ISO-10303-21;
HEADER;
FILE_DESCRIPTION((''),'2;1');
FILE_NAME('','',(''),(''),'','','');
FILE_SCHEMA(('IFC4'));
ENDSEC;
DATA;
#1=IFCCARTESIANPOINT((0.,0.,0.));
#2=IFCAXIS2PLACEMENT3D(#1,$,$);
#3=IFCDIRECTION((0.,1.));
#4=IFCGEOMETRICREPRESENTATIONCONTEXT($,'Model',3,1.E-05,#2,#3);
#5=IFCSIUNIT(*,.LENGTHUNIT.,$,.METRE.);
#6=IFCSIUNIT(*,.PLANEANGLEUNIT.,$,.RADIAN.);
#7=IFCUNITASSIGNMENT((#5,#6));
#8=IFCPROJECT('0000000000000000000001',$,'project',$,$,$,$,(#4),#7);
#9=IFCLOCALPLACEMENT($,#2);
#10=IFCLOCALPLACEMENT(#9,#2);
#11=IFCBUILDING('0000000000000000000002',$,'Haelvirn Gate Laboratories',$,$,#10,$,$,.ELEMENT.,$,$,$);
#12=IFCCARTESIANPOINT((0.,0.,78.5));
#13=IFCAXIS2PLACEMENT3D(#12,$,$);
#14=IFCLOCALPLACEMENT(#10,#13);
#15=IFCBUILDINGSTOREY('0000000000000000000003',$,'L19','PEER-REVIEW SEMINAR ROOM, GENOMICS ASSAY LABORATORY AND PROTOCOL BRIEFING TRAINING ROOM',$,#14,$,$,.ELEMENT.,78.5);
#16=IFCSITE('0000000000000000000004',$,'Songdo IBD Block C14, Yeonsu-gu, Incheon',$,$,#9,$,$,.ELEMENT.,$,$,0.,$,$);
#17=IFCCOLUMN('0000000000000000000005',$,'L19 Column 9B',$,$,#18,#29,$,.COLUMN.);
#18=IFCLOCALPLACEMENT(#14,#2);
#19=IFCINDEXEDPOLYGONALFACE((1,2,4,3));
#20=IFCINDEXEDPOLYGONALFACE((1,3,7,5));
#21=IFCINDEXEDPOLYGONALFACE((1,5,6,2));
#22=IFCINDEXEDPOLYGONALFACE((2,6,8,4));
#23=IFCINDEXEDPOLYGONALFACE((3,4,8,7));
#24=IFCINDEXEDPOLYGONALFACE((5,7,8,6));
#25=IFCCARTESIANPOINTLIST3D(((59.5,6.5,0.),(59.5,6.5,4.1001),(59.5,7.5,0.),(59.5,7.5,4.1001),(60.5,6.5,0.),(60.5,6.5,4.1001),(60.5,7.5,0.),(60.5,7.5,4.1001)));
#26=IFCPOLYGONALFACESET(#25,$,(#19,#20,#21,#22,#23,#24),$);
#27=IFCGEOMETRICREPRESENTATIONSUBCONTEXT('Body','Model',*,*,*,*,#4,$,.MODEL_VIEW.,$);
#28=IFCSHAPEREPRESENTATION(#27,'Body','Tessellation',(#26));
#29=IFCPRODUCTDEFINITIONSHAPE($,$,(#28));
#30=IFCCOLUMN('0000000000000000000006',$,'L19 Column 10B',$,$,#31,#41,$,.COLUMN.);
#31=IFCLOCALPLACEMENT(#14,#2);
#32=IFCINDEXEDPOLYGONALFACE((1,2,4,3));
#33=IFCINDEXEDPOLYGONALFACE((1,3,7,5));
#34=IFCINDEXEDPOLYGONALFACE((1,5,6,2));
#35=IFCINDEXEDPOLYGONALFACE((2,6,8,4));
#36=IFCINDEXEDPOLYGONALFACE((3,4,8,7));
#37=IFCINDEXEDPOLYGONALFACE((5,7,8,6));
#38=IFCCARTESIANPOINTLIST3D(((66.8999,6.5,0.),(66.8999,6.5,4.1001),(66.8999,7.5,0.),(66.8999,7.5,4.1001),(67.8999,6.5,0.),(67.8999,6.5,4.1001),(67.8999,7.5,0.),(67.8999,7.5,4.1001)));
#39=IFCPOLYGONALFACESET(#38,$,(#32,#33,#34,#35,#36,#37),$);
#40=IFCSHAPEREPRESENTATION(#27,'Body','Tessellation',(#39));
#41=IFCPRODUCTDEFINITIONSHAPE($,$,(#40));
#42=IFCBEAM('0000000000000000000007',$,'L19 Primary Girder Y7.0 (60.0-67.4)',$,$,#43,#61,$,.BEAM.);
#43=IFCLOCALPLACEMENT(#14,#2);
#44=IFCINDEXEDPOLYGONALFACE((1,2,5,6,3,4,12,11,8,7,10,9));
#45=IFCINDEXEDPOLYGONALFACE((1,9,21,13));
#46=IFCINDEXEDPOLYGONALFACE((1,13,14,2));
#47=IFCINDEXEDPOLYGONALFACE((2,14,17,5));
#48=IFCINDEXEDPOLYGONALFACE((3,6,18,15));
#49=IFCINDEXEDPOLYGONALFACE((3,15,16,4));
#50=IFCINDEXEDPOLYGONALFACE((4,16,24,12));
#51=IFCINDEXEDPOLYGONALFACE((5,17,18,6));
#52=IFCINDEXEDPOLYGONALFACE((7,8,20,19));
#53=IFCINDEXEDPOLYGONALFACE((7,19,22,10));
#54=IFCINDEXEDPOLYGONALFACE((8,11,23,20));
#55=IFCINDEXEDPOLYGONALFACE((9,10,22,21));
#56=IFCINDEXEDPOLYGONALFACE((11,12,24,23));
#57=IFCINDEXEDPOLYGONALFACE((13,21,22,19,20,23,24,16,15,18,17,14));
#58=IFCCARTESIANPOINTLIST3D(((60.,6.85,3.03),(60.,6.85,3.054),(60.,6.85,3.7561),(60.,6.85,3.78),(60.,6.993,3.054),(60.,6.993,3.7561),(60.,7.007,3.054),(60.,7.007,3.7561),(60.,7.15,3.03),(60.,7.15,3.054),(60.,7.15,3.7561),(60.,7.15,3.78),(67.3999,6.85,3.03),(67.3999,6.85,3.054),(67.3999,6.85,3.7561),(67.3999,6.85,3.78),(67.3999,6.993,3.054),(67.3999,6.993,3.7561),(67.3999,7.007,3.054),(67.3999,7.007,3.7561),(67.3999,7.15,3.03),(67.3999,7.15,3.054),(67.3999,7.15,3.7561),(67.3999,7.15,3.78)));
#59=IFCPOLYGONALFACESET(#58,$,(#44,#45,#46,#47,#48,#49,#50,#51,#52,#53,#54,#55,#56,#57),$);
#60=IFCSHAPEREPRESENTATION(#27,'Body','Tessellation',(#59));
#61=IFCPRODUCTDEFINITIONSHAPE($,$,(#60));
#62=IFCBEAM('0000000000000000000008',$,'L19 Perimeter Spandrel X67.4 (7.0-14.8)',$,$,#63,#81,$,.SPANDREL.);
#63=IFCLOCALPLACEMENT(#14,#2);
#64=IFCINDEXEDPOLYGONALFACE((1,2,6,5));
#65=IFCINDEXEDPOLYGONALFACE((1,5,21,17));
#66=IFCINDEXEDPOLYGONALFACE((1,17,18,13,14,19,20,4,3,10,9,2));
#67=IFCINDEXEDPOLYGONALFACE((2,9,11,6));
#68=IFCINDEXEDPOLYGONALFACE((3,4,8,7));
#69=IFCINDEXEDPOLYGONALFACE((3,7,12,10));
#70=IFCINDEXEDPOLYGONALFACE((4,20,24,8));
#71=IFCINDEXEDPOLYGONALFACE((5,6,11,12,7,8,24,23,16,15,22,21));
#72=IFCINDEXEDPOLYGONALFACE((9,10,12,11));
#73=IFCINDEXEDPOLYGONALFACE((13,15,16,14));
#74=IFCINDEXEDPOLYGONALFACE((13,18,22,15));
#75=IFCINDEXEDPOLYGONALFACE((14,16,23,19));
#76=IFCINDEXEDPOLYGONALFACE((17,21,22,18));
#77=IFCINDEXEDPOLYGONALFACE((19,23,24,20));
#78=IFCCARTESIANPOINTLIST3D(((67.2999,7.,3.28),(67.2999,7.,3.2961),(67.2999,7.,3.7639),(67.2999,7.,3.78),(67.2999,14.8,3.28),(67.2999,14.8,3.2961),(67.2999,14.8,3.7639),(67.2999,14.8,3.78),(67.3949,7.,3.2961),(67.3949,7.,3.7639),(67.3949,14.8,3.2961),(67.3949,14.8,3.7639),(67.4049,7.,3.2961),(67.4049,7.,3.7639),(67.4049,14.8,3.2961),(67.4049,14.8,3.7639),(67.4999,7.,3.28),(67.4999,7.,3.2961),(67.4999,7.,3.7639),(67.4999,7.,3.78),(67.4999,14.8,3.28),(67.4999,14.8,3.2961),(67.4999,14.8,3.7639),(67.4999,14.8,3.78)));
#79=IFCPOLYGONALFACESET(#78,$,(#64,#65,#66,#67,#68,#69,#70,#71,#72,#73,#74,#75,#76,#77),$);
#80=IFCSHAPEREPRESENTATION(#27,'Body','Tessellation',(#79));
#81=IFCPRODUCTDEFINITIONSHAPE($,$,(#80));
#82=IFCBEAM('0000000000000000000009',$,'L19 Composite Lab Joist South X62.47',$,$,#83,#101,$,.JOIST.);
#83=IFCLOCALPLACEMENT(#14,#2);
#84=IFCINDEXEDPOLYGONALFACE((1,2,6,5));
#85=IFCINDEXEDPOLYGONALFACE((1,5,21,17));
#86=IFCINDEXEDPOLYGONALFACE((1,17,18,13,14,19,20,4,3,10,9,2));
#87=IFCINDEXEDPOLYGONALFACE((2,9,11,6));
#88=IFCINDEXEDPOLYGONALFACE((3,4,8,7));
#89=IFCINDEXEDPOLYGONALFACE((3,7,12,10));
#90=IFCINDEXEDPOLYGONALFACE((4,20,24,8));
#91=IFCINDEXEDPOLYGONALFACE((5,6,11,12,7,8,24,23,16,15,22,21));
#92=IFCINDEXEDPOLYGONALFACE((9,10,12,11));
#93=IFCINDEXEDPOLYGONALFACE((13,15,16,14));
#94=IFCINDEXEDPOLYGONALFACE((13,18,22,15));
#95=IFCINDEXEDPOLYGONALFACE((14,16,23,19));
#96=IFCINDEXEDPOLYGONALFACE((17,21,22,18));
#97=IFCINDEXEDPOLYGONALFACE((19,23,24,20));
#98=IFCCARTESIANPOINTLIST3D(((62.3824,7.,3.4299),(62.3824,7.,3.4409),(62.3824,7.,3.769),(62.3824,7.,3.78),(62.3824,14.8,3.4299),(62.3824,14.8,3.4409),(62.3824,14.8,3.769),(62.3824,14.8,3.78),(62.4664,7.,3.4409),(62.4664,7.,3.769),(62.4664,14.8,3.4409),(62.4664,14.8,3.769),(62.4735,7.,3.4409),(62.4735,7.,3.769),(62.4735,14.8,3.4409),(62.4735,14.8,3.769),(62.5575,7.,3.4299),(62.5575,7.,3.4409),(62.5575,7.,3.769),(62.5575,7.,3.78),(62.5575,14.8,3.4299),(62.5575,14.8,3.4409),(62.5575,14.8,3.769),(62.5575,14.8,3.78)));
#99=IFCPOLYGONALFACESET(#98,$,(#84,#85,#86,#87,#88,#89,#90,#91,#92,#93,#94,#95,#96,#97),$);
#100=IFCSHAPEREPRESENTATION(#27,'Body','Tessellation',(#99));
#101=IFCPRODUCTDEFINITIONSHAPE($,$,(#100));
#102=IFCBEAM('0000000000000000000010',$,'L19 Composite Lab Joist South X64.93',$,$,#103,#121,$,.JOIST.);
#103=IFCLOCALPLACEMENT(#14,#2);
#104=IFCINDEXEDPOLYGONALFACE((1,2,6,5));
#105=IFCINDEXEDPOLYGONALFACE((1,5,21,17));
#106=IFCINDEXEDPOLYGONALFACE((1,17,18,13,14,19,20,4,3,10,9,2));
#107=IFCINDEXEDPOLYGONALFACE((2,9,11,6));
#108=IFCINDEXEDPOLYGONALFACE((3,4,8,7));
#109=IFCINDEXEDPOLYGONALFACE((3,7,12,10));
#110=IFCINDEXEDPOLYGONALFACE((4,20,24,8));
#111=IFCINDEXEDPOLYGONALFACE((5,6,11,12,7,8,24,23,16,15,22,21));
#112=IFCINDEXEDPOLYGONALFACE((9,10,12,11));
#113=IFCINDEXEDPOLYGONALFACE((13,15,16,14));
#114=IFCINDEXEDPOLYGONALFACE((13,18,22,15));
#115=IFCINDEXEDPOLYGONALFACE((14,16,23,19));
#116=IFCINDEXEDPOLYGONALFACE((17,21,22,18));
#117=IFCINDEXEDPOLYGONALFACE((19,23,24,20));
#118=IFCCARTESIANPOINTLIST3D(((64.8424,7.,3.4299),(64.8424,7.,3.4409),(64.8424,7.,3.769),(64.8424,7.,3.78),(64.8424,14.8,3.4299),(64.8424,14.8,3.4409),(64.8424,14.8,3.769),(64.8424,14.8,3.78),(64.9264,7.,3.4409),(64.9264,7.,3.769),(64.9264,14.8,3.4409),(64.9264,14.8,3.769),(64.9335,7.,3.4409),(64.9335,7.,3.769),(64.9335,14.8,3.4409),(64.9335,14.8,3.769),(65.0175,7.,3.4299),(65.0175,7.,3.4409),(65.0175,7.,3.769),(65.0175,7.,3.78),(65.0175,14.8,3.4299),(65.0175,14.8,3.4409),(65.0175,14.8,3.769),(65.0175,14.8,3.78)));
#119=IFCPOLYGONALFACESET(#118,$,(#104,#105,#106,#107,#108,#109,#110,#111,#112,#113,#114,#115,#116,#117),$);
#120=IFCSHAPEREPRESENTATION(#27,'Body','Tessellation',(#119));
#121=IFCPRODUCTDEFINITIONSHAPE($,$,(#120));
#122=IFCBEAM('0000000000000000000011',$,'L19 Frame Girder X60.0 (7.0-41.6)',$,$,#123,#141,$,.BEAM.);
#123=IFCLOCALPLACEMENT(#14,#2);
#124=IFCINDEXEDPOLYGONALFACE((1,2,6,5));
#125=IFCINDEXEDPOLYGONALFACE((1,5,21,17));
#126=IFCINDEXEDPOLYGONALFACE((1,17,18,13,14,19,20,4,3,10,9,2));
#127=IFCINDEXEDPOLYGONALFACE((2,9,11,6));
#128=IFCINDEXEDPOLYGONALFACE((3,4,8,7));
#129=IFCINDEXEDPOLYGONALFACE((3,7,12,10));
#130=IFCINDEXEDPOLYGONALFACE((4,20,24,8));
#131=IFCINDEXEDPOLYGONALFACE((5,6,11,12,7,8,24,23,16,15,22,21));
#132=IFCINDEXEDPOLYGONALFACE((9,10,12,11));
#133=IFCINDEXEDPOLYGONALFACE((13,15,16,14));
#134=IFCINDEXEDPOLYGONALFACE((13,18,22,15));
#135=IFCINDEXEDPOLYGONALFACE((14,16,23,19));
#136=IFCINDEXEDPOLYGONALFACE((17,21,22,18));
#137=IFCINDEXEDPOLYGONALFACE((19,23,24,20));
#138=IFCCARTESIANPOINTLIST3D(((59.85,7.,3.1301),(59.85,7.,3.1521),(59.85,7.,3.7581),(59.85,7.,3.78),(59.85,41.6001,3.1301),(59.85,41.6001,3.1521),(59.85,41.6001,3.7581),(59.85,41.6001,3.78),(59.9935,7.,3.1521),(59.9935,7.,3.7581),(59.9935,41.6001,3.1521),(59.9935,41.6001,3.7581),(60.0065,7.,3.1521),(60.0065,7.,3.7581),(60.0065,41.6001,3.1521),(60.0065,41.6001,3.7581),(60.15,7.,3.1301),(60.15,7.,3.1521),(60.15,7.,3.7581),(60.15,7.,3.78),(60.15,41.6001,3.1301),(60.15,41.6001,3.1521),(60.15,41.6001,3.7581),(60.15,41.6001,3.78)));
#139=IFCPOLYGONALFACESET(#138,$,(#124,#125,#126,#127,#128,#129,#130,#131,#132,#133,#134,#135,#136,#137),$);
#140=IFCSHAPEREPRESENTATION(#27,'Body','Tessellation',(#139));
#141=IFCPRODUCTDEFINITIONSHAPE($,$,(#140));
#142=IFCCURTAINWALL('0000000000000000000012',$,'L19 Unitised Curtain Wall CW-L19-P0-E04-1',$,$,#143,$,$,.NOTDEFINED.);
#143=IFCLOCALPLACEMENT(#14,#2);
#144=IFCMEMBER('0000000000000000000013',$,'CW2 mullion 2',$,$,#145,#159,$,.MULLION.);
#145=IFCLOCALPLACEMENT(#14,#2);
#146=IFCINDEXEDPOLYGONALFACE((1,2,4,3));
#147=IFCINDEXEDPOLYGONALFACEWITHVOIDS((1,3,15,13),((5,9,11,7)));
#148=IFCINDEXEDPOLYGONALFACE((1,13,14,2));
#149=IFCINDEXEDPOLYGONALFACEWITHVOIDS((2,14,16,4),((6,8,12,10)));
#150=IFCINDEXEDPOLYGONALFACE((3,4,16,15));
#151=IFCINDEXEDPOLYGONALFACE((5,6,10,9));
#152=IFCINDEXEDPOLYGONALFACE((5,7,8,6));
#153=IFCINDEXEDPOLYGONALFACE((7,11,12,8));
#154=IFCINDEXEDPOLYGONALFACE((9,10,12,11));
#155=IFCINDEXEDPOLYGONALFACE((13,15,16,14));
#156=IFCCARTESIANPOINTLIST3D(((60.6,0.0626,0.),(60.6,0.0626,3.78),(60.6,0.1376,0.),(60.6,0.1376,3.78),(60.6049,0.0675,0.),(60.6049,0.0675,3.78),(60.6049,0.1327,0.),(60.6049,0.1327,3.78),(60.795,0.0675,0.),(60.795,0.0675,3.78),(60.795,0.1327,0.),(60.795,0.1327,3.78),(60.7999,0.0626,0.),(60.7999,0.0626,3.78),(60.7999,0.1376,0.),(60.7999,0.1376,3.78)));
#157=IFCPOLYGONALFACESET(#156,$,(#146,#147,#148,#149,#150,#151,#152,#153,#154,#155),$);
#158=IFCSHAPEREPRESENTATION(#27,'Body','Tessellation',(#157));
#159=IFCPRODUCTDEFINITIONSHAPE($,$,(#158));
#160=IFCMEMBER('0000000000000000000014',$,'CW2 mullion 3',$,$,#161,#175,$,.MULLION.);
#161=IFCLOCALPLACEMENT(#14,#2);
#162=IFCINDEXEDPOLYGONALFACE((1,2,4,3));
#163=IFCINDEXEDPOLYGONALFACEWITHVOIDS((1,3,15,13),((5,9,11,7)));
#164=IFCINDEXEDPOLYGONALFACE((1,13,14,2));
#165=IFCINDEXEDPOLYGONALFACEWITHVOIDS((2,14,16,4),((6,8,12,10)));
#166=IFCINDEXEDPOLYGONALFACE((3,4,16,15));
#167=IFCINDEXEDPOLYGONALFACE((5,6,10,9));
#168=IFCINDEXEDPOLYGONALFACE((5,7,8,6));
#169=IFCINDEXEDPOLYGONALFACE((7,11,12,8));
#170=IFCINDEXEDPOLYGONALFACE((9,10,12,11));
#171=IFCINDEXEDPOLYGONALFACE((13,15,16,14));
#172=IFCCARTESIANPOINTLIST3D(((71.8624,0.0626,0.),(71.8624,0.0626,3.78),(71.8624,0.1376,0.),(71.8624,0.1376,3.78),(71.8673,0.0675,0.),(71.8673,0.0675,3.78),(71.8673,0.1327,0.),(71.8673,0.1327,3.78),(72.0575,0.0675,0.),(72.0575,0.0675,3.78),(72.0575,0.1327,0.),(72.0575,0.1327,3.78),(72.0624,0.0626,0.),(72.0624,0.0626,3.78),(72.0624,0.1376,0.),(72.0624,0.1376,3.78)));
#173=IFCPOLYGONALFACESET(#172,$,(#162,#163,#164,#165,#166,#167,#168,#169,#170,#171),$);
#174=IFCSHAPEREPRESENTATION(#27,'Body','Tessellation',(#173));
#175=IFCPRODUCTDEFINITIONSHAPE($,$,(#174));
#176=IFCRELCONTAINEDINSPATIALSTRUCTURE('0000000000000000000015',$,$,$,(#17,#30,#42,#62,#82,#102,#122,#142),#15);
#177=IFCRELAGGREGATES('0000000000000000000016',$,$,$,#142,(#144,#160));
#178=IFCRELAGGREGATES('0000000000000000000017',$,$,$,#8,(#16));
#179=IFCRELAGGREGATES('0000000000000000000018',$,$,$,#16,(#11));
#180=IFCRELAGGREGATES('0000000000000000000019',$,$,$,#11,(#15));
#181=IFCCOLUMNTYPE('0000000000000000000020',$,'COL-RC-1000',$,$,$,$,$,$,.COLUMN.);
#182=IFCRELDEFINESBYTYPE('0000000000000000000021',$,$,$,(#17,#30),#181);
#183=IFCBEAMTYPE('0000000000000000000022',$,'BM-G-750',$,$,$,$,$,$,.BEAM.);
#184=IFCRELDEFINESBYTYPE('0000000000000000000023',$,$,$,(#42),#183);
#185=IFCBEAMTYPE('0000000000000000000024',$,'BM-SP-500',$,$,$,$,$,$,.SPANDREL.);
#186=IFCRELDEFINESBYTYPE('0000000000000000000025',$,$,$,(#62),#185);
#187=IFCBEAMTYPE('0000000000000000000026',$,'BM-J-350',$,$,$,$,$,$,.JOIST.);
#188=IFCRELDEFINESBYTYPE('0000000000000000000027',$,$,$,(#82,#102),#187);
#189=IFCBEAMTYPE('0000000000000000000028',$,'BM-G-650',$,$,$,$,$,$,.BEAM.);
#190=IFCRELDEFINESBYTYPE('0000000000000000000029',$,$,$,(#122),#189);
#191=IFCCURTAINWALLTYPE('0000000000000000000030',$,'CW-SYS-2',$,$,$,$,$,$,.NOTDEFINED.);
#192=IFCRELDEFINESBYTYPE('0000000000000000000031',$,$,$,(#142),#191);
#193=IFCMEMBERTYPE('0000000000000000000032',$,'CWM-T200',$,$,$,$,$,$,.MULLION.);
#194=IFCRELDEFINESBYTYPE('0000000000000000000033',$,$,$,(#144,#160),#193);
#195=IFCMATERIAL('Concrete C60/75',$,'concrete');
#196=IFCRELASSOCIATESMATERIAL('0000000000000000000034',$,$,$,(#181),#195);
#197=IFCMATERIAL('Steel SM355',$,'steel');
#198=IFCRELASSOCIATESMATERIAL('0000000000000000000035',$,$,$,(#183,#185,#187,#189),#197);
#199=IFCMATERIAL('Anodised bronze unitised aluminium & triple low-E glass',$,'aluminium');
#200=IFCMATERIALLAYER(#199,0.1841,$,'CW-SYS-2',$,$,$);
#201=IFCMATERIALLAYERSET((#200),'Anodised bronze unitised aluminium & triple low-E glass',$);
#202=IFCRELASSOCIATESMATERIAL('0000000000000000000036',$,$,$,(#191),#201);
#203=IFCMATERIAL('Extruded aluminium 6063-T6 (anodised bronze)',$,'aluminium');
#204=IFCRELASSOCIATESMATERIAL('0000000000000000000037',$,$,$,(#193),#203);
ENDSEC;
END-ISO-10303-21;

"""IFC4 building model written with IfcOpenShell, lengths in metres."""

from ifc_helpers import new_model, si_unit, direction, frame, origin, origin_2d, place, context, subcontext, project, spatial, rectangle, hollow_rectangle, i_section, extrude, source, transform, mapped, material, layer, layer_set, material_profile, profile_set, type_object, type_shapes, element, aggregate, save


model = new_model("IFC4")

# Units and contexts
model_context = context("Model", 3, precision=1e-05, world=origin(), true_north=direction((0.0, 1.0)))
body_context = subcontext(model_context, "Body", "Model", "MODEL_VIEW")
ifc_project = project(units=[si_unit("LENGTHUNIT", "METRE"), si_unit("PLANEANGLEUNIT", "RADIAN")], contexts=[model_context])

# Site, building, storey
site_placement = place(None, origin())
site = spatial("IfcSite", under=ifc_project, at=site_placement, Name="Songdo IBD Block C14, Yeonsu-gu, Incheon", CompositionType="ELEMENT", RefElevation=0.0)
building_placement = place(site_placement, origin())
building = spatial("IfcBuilding", under=site, at=building_placement, Name="Haelvirn Gate Laboratories", CompositionType="ELEMENT")
storey_placement = place(building_placement, frame((0.0, 0.0, 78.5)))
storey = spatial("IfcBuildingStorey", under=building, at=storey_placement, Name="L19", Description="PEER-REVIEW SEMINAR ROOM, GENOMICS ASSAY LABORATORY AND PROTOCOL BRIEFING TRAINING ROOM", CompositionType="ELEMENT", Elevation=78.5)

# Columns
ifc_material_1 = material(Name="Concrete C60/75", Category="concrete")
ifc_material_profile_1 = material_profile(ifc_material_1, rectangle(XDim=1.0, YDim=1.0, at=origin_2d()), Name="RC-1000x1000")
ifc_profile_set_1 = profile_set([ifc_material_profile_1], Name="Concrete C60/75")
column_type = type_object("IfcColumnType", Name="COL-RC-1000", PredefinedType="COLUMN", material=ifc_profile_set_1)
shared_shape_1 = source(origin(), body_context, "Body", "SweptSolid", [
    extrude(rectangle(XDim=1.0, YDim=1.0, at=origin_2d()), origin(), (0.0, 0.0, 1.0), 4.1001),
])
type_shapes(column_type, [shared_shape_1])
for number, where, z_axis, x_axis, name in (
    (1, (60.0, 7.0, 0.0), (0.0, 0.0, 1.0), (1.0, 0.0, 0.0), "L19 Column 9B"),
    (2, (67.3999, 7.0, 0.0), (0.0, 0.0, 1.0), (1.0, 0.0, 0.0), "L19 Column 10B"),
):
    element("IfcColumn", number, at=place(storey_placement, frame(where, z_axis=z_axis, x_axis=x_axis)), inside=storey, type_object=column_type, Name=name, PredefinedType="COLUMN", context=body_context, shape_type="MappedRepresentation", body=[
        mapped(shared_shape_1, transform((0.0, 0.0, 0.0), scale=1.0)),
    ])

# Beams
ifc_material_2 = material(Name="Steel SM355", Category="steel")
ifc_material_profile_2 = material_profile(ifc_material_2, i_section(OverallWidth=0.3, OverallDepth=0.75, WebThickness=0.0139, FlangeThickness=0.0239, at=origin_2d()), Name="H-750x300x14x24")
ifc_profile_set_2 = profile_set([ifc_material_profile_2], Name="Steel SM355")
beam_type_1 = type_object("IfcBeamType", Name="BM-G-750", PredefinedType="BEAM", material=ifc_profile_set_2)
shared_shape_2 = source(origin(), body_context, "Body", "SweptSolid", [
    extrude(i_section(OverallWidth=0.3, OverallDepth=0.75, WebThickness=0.0139, FlangeThickness=0.0239, at=origin_2d()), origin(), (0.0, 0.0, 1.0), 7.3999),
])
type_shapes(beam_type_1, [shared_shape_2])
beam_1_placement = place(storey_placement, frame((60.0, 7.0, 3.405), z_axis=(1.0, 0.0, 0.0), x_axis=(0.0, 1.0, 0.0)))
element("IfcBeam", 3, at=beam_1_placement, inside=storey, type_object=beam_type_1, Name="L19 Primary Girder Y7.0 (60.0-67.4)", PredefinedType="BEAM", context=body_context, shape_type="MappedRepresentation", body=[
    mapped(shared_shape_2, transform((0.0, 0.0, 0.0), scale=1.0)),
])
ifc_material_profile_3 = material_profile(ifc_material_2, i_section(OverallWidth=0.2, OverallDepth=0.5, WebThickness=0.01, FlangeThickness=0.0161, at=origin_2d()), Name="H-500x200x10x16")
ifc_profile_set_3 = profile_set([ifc_material_profile_3], Name="Steel SM355")
beam_type_2 = type_object("IfcBeamType", Name="BM-SP-500", PredefinedType="SPANDREL", material=ifc_profile_set_3)
shared_shape_3 = source(origin(), body_context, "Body", "SweptSolid", [
    extrude(i_section(OverallWidth=0.2, OverallDepth=0.5, WebThickness=0.01, FlangeThickness=0.0161, at=origin_2d()), origin(), (0.0, 0.0, 1.0), 7.8),
])
type_shapes(beam_type_2, [shared_shape_3])
beam_2_placement = place(storey_placement, frame((67.3999, 7.0, 3.53), z_axis=(0.0, 1.0, 0.0), x_axis=(-1.0, 0.0, 0.0)))
element("IfcBeam", 4, at=beam_2_placement, inside=storey, type_object=beam_type_2, Name="L19 Perimeter Spandrel X67.4 (7.0-14.8)", PredefinedType="SPANDREL", context=body_context, shape_type="MappedRepresentation", body=[
    mapped(shared_shape_3, transform((0.0, 0.0, 0.0), scale=1.0)),
])
ifc_material_profile_4 = material_profile(ifc_material_2, i_section(OverallWidth=0.175, OverallDepth=0.3501, WebThickness=0.0071, FlangeThickness=0.011, at=origin_2d()), Name="H-350x175x7x11")
ifc_profile_set_4 = profile_set([ifc_material_profile_4], Name="Steel SM355")
beam_type_3 = type_object("IfcBeamType", Name="BM-J-350", PredefinedType="JOIST", material=ifc_profile_set_4)
shared_shape_4 = source(origin(), body_context, "Body", "SweptSolid", [
    extrude(i_section(OverallWidth=0.175, OverallDepth=0.3501, WebThickness=0.0071, FlangeThickness=0.011, at=origin_2d()), origin(), (0.0, 0.0, 1.0), 7.8),
])
type_shapes(beam_type_3, [shared_shape_4])
for number, where, z_axis, x_axis, name in (
    (5, (62.47, 7.0, 3.605), (0.0, 1.0, 0.0), (-1.0, 0.0, 0.0), "L19 Composite Lab Joist South X62.47"),
    (6, (64.9299, 7.0, 3.605), (0.0, 1.0, 0.0), (-1.0, 0.0, 0.0), "L19 Composite Lab Joist South X64.93"),
):
    element("IfcBeam", number, at=place(storey_placement, frame(where, z_axis=z_axis, x_axis=x_axis)), inside=storey, type_object=beam_type_3, Name=name, PredefinedType="JOIST", context=body_context, shape_type="MappedRepresentation", body=[
        mapped(shared_shape_4, transform((0.0, 0.0, 0.0), scale=1.0)),
    ])
ifc_material_profile_5 = material_profile(ifc_material_2, i_section(OverallWidth=0.3, OverallDepth=0.6499, WebThickness=0.0129, FlangeThickness=0.022, at=origin_2d()), Name="H-650x300x13x22")
ifc_profile_set_5 = profile_set([ifc_material_profile_5], Name="Steel SM355")
beam_type_4 = type_object("IfcBeamType", Name="BM-G-650", PredefinedType="BEAM", material=ifc_profile_set_5)
shared_shape_5 = source(origin(), body_context, "Body", "SweptSolid", [
    extrude(i_section(OverallWidth=0.3, OverallDepth=0.6499, WebThickness=0.0129, FlangeThickness=0.022, at=origin_2d()), origin(), (0.0, 0.0, 1.0), 34.6001),
])
type_shapes(beam_type_4, [shared_shape_5])
beam_3_placement = place(storey_placement, frame((60.0, 7.0, 3.4551), z_axis=(0.0, 1.0, 0.0), x_axis=(-1.0, 0.0, 0.0)))
element("IfcBeam", 7, at=beam_3_placement, inside=storey, type_object=beam_type_4, Name="L19 Frame Girder X60.0 (7.0-41.6)", PredefinedType="BEAM", context=body_context, shape_type="MappedRepresentation", body=[
    mapped(shared_shape_5, transform((0.0, 0.0, 0.0), scale=1.0)),
])

# Curtain wall, members
ifc_material_3 = material(Name="Anodised bronze unitised aluminium & triple low-E glass", Category="aluminium")
ifc_layer_1 = layer(ifc_material_3, 0.1841, Name="CW-SYS-2")
ifc_layer_set_1 = layer_set([ifc_layer_1], Name="Anodised bronze unitised aluminium & triple low-E glass")
curtain_wall_type_1 = type_object("IfcCurtainWallType", Name="CW-SYS-2", PredefinedType="NOTDEFINED", material=ifc_layer_set_1)
curtain_wall_1_placement = place(storey_placement, origin())
curtain_wall_1 = element("IfcCurtainWall", 8, at=curtain_wall_1_placement, inside=storey, type_object=curtain_wall_type_1, Name="L19 Unitised Curtain Wall CW-L19-P0-E04-1", PredefinedType="NOTDEFINED")
ifc_material_4 = material(Name="Extruded aluminium 6063-T6 (anodised bronze)", Category="aluminium")
ifc_material_profile_6 = material_profile(ifc_material_4, hollow_rectangle(XDim=0.075, YDim=0.2, WallThickness=0.0049, at=origin_2d()), Name="CWM-200x75x5")
ifc_profile_set_6 = profile_set([ifc_material_profile_6], Name="Extruded aluminium 6063-T6 (anodised bronze)")
member_type_1 = type_object("IfcMemberType", Name="CWM-T200", PredefinedType="MULLION", material=ifc_profile_set_6)
shared_shape_6 = source(origin(), body_context, "Body", "SweptSolid", [
    extrude(hollow_rectangle(XDim=0.075, YDim=0.2, WallThickness=0.0049, at=origin_2d()), origin(), (0.0, 0.0, 1.0), 3.78),
])
type_shapes(member_type_1, [shared_shape_6])
member_1_placement = place(storey_placement, frame((60.7, 0.1001, 0.0), z_axis=(0.0, 0.0, 1.0), x_axis=(0.0, 1.0, 0.0)))
member_1 = element("IfcMember", 9, at=member_1_placement, type_object=member_type_1, Name="CW2 mullion 2", PredefinedType="MULLION", context=body_context, shape_type="MappedRepresentation", body=[
    mapped(shared_shape_6, transform((0.0, 0.0, 0.0), scale=1.0)),
])
member_2_placement = place(storey_placement, frame((71.9624, 0.1001, 0.0), z_axis=(0.0, 0.0, 1.0), x_axis=(0.0, 1.0, 0.0)))
member_2 = element("IfcMember", 10, at=member_2_placement, type_object=member_type_1, Name="CW2 mullion 3", PredefinedType="MULLION", context=body_context, shape_type="MappedRepresentation", body=[
    mapped(shared_shape_6, transform((0.0, 0.0, 0.0), scale=1.0)),
])

aggregate(curtain_wall_1, [member_1, member_2])

save(model, "model.ifc")
